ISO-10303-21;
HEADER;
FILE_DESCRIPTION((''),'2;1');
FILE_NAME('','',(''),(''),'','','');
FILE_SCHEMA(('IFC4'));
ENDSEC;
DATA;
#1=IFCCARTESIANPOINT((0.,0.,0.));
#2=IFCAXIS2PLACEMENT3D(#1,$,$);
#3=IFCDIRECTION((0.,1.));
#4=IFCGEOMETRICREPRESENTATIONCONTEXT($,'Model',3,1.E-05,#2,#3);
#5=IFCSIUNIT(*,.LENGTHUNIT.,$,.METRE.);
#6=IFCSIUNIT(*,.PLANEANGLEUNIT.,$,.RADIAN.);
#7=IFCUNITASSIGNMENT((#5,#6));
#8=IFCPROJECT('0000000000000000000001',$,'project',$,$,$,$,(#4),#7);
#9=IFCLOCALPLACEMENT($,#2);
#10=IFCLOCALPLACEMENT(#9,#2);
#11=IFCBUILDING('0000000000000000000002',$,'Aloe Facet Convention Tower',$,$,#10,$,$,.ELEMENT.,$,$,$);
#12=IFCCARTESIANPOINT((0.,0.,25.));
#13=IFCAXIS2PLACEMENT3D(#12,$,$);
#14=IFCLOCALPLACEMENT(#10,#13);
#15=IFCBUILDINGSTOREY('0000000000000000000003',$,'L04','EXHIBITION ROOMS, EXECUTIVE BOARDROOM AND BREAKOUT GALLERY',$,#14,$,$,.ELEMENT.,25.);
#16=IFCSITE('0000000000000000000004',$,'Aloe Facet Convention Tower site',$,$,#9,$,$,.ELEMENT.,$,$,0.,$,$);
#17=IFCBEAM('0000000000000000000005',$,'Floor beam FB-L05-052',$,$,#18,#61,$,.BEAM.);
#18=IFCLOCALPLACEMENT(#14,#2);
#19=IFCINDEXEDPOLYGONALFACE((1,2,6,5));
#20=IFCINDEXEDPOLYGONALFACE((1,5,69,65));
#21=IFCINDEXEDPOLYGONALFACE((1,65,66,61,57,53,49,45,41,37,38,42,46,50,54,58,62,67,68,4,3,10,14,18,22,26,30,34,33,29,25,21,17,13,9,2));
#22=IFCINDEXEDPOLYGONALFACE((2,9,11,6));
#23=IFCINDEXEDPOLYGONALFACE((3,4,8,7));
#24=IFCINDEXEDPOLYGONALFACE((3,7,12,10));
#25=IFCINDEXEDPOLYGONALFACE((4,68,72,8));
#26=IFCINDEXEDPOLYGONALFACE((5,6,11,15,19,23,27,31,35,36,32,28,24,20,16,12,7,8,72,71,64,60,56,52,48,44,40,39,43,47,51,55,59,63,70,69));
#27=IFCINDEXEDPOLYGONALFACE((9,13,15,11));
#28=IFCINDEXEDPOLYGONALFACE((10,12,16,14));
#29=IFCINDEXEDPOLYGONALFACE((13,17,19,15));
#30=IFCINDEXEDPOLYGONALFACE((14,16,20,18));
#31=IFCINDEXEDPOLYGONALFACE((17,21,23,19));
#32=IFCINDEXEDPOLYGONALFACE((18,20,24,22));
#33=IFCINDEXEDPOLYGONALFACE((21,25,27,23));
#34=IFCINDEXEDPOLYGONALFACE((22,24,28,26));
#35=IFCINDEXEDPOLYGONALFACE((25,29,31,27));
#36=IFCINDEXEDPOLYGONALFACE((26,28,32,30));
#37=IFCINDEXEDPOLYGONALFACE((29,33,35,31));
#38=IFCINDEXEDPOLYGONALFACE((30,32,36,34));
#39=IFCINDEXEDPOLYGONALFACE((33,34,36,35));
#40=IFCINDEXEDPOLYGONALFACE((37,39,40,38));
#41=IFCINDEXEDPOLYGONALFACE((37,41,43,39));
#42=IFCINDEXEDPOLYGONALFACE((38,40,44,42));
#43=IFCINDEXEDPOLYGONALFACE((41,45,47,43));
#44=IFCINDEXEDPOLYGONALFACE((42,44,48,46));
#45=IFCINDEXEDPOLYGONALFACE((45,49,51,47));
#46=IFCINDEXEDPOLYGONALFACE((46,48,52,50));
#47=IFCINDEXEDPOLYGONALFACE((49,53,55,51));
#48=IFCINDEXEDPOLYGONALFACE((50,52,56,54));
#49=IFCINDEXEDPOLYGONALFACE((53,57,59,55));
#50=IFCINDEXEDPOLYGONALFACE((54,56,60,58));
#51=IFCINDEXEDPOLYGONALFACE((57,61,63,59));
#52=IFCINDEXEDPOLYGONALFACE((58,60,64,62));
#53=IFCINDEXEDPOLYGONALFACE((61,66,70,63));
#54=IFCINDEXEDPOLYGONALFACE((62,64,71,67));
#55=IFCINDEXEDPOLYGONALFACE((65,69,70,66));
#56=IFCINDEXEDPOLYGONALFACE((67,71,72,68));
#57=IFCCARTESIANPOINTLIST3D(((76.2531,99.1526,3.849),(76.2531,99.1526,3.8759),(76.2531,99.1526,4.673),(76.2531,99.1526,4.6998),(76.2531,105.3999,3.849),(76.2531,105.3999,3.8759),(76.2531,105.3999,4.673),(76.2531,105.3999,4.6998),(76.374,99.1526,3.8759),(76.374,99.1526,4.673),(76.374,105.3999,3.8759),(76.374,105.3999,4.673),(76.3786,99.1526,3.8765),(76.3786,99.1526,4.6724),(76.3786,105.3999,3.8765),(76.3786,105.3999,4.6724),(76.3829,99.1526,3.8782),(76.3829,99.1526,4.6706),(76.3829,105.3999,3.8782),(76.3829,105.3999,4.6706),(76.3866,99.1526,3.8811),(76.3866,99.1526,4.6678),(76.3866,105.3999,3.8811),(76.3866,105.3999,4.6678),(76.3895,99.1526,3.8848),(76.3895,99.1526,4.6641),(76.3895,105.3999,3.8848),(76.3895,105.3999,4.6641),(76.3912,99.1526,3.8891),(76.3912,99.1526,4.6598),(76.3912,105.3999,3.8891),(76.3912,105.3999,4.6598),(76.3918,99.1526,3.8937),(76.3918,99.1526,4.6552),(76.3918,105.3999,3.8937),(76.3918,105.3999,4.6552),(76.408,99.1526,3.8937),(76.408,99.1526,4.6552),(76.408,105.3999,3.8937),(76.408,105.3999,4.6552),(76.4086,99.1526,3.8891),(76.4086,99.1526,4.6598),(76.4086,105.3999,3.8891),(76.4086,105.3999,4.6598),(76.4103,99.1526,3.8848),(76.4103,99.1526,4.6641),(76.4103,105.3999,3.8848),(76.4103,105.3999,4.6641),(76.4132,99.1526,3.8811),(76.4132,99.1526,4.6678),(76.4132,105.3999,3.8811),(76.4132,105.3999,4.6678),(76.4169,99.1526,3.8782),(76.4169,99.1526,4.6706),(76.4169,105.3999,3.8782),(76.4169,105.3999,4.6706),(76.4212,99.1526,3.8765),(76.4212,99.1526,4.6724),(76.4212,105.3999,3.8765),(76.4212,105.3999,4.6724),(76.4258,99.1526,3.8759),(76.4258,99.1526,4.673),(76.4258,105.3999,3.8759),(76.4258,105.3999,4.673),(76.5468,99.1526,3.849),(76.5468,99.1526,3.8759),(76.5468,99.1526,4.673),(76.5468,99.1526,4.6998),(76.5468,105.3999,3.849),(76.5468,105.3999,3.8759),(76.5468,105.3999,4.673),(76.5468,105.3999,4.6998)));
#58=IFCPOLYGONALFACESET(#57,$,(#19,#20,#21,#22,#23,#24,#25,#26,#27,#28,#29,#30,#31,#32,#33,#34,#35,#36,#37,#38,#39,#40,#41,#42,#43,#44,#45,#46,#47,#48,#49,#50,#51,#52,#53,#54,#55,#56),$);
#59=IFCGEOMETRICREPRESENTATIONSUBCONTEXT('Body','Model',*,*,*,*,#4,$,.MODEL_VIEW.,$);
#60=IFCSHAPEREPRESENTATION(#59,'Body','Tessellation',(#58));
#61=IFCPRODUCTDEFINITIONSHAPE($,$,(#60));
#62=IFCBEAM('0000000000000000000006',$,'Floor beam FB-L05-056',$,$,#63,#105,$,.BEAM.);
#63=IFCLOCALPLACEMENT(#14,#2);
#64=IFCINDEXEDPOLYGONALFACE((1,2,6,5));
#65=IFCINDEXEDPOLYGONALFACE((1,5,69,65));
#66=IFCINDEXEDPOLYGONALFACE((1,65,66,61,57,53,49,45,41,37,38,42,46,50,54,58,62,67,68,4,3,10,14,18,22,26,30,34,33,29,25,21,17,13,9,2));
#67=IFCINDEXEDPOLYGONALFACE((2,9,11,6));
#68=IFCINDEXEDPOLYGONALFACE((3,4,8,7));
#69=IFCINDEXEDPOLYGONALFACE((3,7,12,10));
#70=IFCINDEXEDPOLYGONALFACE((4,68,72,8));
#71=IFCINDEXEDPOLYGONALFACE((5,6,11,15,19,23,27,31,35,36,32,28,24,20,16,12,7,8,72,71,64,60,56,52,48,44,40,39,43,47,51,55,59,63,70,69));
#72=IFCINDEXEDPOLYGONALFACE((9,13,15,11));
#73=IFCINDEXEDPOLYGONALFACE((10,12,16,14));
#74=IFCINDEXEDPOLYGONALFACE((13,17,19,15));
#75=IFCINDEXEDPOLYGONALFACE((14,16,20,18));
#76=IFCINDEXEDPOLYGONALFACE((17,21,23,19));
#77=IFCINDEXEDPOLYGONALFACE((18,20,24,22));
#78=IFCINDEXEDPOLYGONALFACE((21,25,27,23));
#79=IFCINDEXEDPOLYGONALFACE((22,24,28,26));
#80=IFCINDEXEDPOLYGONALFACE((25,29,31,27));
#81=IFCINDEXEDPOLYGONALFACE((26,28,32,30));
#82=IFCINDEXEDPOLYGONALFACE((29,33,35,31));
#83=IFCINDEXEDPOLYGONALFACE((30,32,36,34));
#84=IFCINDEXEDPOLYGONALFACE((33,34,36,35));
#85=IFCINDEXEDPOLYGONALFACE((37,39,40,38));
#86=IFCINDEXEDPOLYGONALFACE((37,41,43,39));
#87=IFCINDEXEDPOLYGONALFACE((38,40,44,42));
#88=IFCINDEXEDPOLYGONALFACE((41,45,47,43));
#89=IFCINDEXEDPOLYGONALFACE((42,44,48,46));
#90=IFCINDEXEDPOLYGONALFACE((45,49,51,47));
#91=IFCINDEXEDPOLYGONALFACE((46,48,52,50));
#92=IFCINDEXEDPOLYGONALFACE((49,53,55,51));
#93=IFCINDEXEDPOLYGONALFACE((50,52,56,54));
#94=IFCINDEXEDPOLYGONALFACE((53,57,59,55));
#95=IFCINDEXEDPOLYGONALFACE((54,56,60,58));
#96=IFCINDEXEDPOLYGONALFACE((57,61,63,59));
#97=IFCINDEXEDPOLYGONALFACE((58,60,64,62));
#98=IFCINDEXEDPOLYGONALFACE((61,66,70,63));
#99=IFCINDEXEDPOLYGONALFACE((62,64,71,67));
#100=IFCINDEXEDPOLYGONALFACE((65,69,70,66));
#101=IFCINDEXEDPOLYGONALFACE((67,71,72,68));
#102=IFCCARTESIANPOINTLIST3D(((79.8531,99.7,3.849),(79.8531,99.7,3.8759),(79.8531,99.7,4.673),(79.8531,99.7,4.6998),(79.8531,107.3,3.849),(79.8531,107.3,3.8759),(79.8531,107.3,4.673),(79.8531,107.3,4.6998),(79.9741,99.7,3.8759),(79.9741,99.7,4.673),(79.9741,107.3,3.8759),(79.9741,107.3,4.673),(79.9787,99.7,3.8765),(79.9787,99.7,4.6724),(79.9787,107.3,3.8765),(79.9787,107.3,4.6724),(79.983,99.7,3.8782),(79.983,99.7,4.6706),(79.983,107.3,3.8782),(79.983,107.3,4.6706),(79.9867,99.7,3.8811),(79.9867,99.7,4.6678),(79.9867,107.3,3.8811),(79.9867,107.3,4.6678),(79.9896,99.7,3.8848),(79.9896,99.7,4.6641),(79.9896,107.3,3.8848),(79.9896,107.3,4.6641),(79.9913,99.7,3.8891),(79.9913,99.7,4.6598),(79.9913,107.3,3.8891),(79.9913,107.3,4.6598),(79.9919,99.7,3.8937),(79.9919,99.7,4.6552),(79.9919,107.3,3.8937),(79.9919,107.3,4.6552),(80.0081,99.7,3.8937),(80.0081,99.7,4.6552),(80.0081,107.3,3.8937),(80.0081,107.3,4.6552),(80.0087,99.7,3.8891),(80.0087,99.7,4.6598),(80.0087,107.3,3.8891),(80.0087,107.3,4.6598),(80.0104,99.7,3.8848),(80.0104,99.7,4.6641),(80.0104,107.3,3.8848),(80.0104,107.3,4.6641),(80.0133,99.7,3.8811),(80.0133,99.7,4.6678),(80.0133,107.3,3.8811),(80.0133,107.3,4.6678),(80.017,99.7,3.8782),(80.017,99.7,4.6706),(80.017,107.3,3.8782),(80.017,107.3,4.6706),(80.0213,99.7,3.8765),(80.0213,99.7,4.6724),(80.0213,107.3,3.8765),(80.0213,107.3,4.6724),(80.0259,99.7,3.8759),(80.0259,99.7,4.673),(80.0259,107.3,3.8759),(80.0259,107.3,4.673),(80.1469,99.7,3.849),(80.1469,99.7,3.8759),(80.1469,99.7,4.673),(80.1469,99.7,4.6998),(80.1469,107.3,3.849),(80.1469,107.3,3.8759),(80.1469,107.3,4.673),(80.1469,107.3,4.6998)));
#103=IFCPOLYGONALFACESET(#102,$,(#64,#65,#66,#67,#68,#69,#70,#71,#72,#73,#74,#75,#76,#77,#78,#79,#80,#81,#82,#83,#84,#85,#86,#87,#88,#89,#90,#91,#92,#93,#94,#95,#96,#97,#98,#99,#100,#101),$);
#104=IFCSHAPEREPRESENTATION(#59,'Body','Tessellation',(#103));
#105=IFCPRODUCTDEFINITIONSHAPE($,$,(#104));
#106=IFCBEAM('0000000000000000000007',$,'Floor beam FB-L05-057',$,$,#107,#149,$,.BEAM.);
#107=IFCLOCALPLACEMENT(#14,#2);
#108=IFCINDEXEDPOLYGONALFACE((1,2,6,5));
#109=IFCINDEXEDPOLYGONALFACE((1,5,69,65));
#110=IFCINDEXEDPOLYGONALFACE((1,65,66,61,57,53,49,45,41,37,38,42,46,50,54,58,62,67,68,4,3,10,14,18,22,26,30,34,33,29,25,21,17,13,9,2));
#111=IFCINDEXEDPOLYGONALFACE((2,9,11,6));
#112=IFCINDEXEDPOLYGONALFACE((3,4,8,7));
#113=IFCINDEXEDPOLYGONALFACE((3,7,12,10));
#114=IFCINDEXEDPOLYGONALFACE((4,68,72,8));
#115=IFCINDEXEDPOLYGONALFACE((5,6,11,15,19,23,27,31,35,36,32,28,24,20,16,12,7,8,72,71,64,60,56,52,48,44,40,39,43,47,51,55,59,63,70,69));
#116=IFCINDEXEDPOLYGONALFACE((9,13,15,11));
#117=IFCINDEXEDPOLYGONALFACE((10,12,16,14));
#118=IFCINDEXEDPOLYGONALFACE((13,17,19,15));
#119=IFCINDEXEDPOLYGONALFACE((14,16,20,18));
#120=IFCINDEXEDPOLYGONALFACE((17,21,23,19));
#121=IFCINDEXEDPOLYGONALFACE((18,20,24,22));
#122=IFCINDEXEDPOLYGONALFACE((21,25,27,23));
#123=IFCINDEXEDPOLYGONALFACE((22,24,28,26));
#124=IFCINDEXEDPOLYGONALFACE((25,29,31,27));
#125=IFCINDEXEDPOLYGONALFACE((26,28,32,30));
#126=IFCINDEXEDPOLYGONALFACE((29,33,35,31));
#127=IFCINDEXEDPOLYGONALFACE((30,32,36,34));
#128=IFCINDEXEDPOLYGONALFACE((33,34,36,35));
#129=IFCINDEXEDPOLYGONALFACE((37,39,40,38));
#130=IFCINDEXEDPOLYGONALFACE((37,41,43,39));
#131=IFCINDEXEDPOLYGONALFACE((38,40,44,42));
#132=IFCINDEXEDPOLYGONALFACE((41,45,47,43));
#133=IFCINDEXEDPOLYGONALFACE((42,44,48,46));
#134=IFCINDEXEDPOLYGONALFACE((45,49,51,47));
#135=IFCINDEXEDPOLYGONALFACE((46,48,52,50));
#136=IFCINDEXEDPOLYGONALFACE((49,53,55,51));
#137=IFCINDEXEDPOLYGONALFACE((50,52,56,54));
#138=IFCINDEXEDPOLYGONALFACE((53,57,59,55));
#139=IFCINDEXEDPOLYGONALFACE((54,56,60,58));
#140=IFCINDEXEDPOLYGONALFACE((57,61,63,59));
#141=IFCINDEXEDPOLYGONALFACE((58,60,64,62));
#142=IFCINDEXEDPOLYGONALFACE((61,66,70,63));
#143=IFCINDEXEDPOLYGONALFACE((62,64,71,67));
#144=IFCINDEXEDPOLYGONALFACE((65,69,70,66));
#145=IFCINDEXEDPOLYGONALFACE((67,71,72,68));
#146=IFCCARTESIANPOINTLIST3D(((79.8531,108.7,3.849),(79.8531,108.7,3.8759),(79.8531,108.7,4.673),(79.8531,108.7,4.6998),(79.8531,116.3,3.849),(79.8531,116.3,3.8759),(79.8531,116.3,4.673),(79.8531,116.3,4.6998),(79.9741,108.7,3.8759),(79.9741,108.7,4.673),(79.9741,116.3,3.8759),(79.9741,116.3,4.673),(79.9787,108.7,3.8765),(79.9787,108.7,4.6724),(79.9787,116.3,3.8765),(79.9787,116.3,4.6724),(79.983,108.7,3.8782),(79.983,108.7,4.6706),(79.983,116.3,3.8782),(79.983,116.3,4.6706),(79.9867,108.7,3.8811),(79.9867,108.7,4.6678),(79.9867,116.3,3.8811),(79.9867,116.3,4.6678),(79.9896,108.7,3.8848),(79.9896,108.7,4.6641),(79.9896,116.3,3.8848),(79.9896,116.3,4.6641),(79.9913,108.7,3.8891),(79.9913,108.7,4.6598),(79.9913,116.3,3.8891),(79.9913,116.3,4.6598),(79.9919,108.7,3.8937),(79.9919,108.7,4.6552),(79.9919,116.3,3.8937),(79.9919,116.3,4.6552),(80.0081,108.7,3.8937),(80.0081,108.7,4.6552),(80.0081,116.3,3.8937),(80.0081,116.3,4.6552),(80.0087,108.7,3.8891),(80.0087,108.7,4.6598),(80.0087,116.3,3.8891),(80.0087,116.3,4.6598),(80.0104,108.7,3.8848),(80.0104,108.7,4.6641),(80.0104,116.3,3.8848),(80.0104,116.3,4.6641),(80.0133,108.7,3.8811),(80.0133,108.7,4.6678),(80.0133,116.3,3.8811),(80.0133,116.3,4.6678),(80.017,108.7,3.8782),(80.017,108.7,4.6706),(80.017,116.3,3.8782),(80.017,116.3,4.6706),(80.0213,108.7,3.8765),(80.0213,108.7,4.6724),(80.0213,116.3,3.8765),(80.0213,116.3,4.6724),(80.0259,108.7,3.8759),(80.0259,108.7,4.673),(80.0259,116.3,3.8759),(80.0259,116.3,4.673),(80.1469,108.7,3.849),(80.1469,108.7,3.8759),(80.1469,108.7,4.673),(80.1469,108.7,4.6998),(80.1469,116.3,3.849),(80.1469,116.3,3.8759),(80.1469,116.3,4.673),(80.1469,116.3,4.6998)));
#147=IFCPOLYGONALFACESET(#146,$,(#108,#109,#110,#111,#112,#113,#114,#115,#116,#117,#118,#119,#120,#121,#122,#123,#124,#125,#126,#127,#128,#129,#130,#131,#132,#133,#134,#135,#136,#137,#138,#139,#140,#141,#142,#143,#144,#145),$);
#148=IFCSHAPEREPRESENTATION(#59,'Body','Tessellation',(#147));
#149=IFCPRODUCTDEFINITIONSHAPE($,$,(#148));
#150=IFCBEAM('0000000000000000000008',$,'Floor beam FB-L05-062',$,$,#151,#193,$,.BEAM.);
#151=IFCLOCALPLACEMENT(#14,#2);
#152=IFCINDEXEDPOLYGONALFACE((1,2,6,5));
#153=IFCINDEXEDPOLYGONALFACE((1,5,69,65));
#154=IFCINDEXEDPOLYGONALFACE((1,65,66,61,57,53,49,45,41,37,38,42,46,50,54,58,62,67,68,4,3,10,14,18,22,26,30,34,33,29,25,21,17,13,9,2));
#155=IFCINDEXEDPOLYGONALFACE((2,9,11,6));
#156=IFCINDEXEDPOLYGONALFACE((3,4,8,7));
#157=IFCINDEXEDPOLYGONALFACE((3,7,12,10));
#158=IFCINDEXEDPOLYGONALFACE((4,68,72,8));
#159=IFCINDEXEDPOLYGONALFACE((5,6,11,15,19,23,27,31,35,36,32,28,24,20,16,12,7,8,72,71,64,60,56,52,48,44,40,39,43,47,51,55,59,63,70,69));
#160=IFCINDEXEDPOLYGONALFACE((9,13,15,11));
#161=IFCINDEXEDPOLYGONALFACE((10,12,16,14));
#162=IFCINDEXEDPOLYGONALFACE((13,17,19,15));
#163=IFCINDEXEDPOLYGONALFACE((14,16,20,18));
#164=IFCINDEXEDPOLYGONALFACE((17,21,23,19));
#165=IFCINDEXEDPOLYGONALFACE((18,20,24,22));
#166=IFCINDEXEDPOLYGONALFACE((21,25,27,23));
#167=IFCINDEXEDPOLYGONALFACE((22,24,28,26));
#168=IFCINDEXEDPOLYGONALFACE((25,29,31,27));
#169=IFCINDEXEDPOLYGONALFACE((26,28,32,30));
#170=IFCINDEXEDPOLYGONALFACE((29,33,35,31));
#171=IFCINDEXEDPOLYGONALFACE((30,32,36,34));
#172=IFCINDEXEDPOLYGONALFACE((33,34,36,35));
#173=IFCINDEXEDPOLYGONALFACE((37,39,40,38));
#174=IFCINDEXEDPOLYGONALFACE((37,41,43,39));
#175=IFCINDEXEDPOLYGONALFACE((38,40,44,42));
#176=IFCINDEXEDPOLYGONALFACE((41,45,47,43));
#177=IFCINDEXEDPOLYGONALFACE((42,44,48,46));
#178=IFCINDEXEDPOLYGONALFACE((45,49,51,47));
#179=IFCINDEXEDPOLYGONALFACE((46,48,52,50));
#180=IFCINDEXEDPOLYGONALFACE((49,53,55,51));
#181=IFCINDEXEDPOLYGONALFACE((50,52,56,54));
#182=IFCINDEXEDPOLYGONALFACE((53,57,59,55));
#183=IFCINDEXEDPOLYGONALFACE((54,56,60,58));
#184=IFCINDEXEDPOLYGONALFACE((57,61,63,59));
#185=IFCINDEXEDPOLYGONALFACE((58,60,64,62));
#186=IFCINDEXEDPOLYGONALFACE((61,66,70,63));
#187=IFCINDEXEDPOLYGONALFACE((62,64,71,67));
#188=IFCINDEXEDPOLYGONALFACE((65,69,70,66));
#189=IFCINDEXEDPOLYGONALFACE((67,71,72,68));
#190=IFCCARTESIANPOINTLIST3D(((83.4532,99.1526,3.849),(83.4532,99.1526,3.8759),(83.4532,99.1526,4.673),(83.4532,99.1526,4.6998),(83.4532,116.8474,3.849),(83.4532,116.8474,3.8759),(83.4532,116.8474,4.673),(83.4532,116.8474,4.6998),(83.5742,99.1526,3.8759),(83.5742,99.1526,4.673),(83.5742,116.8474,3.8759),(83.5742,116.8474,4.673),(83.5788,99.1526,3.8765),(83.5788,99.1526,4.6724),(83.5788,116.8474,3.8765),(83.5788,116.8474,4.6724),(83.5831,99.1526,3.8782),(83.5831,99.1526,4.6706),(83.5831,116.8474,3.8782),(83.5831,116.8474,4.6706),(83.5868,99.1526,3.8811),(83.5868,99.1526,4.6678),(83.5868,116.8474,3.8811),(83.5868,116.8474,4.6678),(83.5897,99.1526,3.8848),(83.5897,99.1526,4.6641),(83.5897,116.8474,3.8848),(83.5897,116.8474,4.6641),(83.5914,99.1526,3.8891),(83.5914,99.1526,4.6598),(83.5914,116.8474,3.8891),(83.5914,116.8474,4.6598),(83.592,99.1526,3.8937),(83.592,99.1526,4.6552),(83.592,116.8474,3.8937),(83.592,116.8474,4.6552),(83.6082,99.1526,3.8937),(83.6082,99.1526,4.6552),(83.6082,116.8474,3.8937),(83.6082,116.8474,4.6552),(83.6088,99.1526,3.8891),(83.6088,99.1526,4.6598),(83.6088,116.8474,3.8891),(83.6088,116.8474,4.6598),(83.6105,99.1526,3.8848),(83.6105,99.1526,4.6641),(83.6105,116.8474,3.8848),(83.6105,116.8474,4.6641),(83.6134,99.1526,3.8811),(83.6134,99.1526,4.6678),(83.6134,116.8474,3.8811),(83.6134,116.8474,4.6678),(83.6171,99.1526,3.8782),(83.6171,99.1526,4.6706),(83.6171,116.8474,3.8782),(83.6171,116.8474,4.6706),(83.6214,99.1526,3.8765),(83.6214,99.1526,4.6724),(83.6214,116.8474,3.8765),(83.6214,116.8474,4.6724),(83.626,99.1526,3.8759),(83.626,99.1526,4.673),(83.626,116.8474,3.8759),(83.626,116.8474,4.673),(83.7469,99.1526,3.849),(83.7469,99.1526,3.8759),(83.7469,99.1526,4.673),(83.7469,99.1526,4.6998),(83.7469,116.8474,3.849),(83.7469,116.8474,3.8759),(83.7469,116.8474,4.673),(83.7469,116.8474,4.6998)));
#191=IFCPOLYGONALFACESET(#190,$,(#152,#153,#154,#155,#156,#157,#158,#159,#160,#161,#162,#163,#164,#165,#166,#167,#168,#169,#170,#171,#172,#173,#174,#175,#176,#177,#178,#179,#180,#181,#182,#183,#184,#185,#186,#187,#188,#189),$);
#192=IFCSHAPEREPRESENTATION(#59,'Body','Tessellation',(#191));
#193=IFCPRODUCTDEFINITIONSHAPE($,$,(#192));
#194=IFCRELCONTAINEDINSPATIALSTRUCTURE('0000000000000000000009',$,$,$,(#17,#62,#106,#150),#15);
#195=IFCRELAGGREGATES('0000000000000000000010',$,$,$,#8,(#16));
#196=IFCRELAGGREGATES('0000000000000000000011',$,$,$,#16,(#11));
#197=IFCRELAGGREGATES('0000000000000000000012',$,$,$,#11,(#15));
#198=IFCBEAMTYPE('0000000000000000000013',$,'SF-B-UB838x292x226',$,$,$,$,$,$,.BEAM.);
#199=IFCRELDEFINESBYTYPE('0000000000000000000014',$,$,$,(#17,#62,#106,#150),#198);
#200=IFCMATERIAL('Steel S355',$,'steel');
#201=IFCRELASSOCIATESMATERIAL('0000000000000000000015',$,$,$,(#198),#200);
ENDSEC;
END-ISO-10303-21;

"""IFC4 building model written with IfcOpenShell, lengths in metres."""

from ifc_helpers import new_model, si_unit, direction, frame, origin, origin_2d, place, context, subcontext, project, spatial, i_section, extrude, material, material_profile, profile_set, type_object, element, save


model = new_model("IFC4")

# Units and contexts
model_context = context("Model", 3, precision=1e-05, world=origin(), true_north=direction((0.0, 1.0)))
body_context = subcontext(model_context, "Body", "Model", "MODEL_VIEW")
ifc_project = project(units=[si_unit("LENGTHUNIT", "METRE"), si_unit("PLANEANGLEUNIT", "RADIAN")], contexts=[model_context])

# Site, building, storey
site_placement = place(None, origin())
site = spatial("IfcSite", under=ifc_project, at=site_placement, Name="Aloe Facet Convention Tower site", CompositionType="ELEMENT", RefElevation=0.0)
building_placement = place(site_placement, origin())
building = spatial("IfcBuilding", under=site, at=building_placement, Name="Aloe Facet Convention Tower", CompositionType="ELEMENT")
storey_placement = place(building_placement, frame((0.0, 0.0, 25.0)))
storey = spatial("IfcBuildingStorey", under=building, at=storey_placement, Name="L04", Description="EXHIBITION ROOMS, EXECUTIVE BOARDROOM AND BREAKOUT GALLERY", CompositionType="ELEMENT", Elevation=25.0)

# Beams
ifc_material_1 = material(Name="Steel S355", Category="steel")
ifc_material_profile_1 = material_profile(ifc_material_1, i_section(OverallWidth=0.2937, OverallDepth=0.8508, WebThickness=0.0161, FlangeThickness=0.0269, FilletRadius=0.0178, at=origin_2d()), Name="UB 838x292x226")
ifc_profile_set_1 = profile_set([ifc_material_profile_1], Name="Steel S355")
beam_type_1 = type_object("IfcBeamType", Name="SF-B-UB838x292x226", PredefinedType="BEAM", material=ifc_profile_set_1)
beam_1_placement = place(storey_placement, frame((76.3999, 99.1526, 4.2744), z_axis=(0.0, 1.0, 0.0), x_axis=(-1.0, 0.0, 0.0)))
element("IfcBeam", 1, at=beam_1_placement, inside=storey, type_object=beam_type_1, Name="Floor beam FB-L05-052", PredefinedType="BEAM", context=body_context, shape_type="SweptSolid", body=[
    extrude(i_section(OverallWidth=0.2937, OverallDepth=0.8508, WebThickness=0.0161, FlangeThickness=0.0269, FilletRadius=0.0178, at=origin_2d()), origin(), (0.0, 0.0, 1.0), 6.2473),
])
for number, where, z_axis, x_axis, name in (
    (2, (80.0, 99.7, 4.2744), (0.0, 1.0, 0.0), (-1.0, 0.0, 0.0), "Floor beam FB-L05-056"),
    (3, (80.0, 108.7, 4.2744), (0.0, 1.0, 0.0), (-1.0, 0.0, 0.0), "Floor beam FB-L05-057"),
):
    element("IfcBeam", number, at=place(storey_placement, frame(where, z_axis=z_axis, x_axis=x_axis)), inside=storey, type_object=beam_type_1, Name=name, PredefinedType="BEAM", context=body_context, shape_type="SweptSolid", body=[
        extrude(i_section(OverallWidth=0.2937, OverallDepth=0.8508, WebThickness=0.0161, FlangeThickness=0.0269, FilletRadius=0.0178, at=origin_2d()), origin(), (0.0, 0.0, 1.0), 7.6001),
    ])
for number, where, z_axis, x_axis, name in (
    (4, (83.6001, 99.1526, 4.2744), (0.0, 1.0, 0.0), (-1.0, 0.0, 0.0), "Floor beam FB-L05-062"),
):
    element("IfcBeam", number, at=place(storey_placement, frame(where, z_axis=z_axis, x_axis=x_axis)), inside=storey, type_object=beam_type_1, Name=name, PredefinedType="BEAM", context=body_context, shape_type="SweptSolid", body=[
        extrude(i_section(OverallWidth=0.2937, OverallDepth=0.8508, WebThickness=0.0161, FlangeThickness=0.0269, FilletRadius=0.0178, at=origin_2d()), origin(), (0.0, 0.0, 1.0), 17.6948),
    ])

save(model, "model.ifc")
